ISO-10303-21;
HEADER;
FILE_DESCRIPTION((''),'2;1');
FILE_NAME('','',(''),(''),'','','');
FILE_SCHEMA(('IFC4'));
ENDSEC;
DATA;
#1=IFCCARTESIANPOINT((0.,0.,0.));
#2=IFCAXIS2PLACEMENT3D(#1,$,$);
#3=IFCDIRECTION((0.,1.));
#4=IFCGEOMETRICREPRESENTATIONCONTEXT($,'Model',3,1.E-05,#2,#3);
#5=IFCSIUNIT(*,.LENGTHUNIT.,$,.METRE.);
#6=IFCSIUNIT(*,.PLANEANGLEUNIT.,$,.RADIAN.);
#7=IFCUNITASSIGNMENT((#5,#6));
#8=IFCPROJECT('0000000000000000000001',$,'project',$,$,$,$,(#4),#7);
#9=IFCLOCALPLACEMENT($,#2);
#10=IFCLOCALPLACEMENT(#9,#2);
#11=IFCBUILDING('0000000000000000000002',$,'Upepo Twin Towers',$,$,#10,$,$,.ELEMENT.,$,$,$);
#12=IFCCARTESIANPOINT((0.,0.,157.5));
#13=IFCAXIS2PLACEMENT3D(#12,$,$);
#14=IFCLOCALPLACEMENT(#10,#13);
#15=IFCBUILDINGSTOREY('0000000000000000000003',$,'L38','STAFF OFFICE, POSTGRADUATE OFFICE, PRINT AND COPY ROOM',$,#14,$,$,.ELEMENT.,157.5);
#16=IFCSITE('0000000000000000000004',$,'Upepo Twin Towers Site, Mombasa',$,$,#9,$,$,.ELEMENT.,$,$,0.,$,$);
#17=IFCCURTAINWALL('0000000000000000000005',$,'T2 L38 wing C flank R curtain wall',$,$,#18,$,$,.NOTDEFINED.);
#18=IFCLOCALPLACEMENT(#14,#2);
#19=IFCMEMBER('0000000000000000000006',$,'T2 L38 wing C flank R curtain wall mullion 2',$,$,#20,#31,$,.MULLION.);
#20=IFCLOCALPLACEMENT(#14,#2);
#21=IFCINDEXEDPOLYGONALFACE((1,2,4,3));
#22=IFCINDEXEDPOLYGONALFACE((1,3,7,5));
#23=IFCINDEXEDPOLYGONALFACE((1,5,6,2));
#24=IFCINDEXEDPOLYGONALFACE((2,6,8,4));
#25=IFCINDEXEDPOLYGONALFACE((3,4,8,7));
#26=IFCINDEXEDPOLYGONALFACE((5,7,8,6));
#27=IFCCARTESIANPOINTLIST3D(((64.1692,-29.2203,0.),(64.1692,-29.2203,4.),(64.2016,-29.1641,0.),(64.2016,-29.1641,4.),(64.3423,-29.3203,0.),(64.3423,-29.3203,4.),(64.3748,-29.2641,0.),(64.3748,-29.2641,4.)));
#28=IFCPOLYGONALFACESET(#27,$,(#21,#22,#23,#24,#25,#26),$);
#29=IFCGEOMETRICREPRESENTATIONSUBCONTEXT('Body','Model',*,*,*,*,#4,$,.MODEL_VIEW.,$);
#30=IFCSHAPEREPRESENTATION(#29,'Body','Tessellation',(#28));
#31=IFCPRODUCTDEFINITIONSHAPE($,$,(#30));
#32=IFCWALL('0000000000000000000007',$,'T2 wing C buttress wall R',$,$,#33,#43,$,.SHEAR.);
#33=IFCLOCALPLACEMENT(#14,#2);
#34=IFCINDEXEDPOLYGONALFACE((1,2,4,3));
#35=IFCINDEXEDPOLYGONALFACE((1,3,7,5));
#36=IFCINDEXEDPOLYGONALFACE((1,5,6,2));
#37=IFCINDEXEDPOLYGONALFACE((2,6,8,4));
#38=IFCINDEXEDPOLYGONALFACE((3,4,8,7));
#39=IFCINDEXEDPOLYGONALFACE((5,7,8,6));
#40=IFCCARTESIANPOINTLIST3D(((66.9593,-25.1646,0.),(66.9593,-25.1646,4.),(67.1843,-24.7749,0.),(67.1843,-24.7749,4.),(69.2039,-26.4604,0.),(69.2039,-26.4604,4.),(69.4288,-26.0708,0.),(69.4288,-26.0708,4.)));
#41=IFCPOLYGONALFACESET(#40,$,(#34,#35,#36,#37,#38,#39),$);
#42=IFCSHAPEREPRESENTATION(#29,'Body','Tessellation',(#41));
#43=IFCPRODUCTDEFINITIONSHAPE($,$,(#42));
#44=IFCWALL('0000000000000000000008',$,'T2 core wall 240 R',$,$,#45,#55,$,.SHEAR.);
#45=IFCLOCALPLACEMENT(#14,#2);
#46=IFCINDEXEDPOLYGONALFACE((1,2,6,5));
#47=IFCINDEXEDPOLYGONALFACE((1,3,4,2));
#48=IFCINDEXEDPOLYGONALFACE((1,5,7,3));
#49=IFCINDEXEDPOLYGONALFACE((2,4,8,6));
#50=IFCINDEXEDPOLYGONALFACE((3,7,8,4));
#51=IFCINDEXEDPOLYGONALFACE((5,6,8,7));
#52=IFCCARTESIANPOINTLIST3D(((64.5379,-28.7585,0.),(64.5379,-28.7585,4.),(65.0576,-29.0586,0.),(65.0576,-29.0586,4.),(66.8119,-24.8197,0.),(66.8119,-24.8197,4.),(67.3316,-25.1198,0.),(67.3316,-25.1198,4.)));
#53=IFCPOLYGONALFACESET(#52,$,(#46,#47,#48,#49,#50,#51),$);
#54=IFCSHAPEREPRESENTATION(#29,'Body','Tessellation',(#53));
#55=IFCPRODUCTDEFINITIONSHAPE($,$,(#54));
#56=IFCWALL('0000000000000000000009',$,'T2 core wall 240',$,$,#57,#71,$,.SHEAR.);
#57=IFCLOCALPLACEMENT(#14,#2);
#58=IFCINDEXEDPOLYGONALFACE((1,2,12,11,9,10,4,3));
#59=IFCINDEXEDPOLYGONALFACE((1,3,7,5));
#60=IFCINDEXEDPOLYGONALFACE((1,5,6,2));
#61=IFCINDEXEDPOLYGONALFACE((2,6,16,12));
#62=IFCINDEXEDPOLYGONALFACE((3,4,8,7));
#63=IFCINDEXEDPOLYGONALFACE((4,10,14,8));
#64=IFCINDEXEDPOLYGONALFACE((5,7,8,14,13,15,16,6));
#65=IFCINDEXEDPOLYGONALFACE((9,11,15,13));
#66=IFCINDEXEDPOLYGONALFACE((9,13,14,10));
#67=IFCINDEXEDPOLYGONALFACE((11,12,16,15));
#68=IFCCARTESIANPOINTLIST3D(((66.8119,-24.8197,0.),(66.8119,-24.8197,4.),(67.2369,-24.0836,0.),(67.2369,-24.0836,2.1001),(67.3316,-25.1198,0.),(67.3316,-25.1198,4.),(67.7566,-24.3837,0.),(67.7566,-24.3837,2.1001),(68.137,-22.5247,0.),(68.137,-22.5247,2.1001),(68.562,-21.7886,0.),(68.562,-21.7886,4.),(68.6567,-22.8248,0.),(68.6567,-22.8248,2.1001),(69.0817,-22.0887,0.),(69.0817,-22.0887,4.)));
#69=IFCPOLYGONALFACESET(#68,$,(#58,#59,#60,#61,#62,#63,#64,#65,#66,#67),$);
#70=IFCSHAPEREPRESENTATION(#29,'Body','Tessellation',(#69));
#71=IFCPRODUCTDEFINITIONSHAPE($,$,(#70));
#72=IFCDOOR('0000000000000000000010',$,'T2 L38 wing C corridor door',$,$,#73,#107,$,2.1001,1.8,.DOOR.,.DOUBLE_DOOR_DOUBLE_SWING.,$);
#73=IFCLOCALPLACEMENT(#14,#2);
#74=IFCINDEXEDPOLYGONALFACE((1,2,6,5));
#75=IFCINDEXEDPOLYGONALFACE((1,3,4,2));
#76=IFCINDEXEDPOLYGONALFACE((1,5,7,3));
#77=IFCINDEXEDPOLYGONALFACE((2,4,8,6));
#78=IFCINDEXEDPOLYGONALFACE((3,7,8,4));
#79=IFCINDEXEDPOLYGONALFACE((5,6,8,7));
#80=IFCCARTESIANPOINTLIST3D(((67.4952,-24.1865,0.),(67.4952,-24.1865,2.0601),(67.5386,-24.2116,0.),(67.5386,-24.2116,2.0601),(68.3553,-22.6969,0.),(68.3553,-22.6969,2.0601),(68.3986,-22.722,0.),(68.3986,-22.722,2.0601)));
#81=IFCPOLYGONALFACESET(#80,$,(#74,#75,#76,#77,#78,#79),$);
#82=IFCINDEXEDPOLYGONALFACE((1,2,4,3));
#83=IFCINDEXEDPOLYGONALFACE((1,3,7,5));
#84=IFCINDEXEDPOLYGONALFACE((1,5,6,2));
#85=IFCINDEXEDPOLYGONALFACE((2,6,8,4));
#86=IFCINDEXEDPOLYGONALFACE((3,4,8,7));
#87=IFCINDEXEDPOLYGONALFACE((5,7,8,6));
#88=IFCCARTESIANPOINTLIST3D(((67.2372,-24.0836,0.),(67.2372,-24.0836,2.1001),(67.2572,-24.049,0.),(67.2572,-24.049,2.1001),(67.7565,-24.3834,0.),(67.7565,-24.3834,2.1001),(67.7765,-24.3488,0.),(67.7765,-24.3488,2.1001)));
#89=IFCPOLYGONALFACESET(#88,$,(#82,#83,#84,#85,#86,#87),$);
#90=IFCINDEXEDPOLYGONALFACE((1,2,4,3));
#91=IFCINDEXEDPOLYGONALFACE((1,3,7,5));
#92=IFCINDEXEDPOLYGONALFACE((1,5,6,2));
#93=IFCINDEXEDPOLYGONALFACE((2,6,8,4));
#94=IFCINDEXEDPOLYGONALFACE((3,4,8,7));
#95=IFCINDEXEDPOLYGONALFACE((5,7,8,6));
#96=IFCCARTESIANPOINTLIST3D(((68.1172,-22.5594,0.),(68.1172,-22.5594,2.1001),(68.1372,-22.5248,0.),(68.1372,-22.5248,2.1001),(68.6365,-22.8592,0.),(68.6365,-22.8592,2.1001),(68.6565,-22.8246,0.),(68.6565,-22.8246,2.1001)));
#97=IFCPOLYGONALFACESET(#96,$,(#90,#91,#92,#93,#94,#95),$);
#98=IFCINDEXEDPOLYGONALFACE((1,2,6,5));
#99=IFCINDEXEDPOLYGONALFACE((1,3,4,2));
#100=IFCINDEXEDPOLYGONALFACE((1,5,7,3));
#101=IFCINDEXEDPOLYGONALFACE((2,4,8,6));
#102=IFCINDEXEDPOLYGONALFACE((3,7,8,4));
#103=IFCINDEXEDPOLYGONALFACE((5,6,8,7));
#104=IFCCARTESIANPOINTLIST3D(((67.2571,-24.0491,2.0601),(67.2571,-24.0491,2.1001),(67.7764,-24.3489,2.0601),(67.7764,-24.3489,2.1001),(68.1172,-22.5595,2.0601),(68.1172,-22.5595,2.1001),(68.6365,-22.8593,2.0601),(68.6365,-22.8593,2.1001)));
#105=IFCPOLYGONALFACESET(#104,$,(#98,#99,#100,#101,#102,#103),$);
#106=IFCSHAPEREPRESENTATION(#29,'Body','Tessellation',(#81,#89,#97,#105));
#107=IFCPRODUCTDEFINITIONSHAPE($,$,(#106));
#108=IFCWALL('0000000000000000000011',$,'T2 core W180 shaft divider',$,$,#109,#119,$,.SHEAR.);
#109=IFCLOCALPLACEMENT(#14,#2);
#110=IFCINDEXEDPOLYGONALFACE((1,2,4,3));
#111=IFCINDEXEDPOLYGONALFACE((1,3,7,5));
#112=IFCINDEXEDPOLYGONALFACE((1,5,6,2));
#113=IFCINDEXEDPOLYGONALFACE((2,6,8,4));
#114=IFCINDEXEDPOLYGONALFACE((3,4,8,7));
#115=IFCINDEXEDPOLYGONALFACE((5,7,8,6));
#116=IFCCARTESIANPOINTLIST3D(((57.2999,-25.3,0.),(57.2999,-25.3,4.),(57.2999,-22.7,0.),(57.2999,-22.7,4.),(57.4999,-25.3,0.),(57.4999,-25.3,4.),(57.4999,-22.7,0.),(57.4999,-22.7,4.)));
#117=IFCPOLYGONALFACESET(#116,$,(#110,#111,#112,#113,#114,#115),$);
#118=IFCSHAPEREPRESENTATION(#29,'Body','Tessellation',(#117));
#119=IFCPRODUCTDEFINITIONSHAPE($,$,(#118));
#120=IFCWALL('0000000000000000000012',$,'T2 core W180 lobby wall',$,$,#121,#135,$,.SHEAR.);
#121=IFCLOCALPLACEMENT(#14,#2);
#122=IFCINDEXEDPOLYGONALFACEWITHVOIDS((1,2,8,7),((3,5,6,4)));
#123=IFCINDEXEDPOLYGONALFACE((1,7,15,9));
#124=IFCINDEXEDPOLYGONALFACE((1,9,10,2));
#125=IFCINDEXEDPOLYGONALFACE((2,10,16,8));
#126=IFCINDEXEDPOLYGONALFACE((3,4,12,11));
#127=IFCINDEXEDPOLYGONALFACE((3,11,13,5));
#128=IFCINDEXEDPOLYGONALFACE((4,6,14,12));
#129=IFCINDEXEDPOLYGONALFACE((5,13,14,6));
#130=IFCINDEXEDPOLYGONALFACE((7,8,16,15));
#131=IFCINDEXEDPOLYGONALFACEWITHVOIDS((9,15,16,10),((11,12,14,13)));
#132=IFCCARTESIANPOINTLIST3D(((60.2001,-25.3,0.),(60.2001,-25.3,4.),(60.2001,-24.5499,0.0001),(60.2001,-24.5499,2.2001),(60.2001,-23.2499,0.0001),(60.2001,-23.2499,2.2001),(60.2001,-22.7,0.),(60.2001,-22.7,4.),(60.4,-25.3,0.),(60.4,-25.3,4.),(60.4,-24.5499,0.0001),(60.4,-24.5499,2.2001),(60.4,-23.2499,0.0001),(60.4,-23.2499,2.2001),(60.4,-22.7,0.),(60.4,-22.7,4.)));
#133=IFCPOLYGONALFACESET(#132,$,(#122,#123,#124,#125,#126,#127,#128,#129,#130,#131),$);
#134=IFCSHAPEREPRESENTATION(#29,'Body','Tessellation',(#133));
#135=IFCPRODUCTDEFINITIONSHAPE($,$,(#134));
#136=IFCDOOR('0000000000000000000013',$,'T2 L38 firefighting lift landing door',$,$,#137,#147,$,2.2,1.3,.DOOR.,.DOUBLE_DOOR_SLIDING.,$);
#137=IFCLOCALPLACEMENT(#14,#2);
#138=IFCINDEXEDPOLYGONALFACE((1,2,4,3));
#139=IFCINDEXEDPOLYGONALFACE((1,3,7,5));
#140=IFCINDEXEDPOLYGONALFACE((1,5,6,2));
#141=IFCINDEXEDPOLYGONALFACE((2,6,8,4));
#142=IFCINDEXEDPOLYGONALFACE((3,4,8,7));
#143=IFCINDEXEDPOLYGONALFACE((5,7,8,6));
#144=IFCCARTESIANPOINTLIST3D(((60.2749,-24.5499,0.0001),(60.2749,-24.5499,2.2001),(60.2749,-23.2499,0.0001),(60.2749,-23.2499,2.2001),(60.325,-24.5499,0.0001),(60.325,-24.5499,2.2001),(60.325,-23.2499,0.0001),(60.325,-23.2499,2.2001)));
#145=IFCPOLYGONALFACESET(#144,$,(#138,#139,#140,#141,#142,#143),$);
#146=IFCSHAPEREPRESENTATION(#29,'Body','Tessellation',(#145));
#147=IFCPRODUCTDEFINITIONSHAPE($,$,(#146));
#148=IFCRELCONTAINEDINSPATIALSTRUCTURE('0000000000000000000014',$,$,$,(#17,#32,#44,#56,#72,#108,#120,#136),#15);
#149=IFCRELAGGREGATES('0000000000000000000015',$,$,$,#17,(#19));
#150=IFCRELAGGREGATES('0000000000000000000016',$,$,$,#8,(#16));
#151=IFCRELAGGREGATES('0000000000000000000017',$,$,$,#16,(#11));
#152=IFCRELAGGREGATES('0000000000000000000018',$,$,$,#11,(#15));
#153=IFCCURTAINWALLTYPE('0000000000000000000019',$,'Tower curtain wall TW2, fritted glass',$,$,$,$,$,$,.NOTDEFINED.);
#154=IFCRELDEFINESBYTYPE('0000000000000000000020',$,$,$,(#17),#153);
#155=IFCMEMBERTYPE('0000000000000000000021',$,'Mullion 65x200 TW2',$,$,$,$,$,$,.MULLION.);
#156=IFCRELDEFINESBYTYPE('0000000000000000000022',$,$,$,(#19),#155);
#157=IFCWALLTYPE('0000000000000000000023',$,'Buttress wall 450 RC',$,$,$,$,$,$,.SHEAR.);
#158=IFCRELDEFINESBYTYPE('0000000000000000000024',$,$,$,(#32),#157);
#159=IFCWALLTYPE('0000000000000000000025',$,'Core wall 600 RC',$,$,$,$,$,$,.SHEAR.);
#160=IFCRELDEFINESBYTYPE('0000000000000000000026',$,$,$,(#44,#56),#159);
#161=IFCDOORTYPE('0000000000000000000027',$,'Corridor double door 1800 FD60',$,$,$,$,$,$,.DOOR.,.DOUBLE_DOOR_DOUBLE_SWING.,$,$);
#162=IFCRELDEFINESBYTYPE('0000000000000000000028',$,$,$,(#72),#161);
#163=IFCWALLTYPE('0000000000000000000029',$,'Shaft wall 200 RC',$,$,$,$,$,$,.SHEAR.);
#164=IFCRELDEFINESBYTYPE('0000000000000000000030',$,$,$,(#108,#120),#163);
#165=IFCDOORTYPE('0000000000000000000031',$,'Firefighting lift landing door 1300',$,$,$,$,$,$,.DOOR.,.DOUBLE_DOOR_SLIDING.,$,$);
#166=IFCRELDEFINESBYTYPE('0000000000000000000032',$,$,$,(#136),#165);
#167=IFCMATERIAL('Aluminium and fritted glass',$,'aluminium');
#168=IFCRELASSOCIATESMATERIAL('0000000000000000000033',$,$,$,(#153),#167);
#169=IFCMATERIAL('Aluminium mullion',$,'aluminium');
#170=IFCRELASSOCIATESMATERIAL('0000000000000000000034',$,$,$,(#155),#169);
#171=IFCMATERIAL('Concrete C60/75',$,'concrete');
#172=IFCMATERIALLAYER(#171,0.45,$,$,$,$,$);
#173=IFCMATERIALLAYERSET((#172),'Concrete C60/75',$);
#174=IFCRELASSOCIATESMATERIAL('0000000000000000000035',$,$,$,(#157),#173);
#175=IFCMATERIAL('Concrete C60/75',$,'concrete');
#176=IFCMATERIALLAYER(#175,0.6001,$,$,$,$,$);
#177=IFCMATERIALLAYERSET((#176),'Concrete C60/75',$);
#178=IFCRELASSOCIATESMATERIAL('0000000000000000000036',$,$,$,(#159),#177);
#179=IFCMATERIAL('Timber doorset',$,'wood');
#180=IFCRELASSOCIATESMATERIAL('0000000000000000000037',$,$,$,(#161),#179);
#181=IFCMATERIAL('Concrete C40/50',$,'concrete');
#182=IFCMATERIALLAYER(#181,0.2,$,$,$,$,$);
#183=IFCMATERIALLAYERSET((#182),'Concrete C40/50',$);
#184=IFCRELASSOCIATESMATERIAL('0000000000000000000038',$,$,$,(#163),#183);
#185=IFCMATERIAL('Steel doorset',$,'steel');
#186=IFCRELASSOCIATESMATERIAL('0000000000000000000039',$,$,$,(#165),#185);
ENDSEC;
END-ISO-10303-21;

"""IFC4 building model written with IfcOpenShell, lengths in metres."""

from ifc_helpers import new_model, si_unit, direction, frame, frame_2d, origin, origin_2d, place, context, subcontext, project, spatial, rectangle, extrude, material, layer, layer_set, material_profile, profile_set, type_object, element, fill, aggregate, save


model = new_model("IFC4")

# Units and contexts
model_context = context("Model", 3, precision=1e-05, world=origin(), true_north=direction((0.0, 1.0)))
body_context = subcontext(model_context, "Body", "Model", "MODEL_VIEW")
ifc_project = project(units=[si_unit("LENGTHUNIT", "METRE"), si_unit("PLANEANGLEUNIT", "RADIAN")], contexts=[model_context])

# Site, building, storey
site_placement = place(None, origin())
site = spatial("IfcSite", under=ifc_project, at=site_placement, Name="Upepo Twin Towers Site, Mombasa", CompositionType="ELEMENT", RefElevation=0.0)
building_placement = place(site_placement, origin())
building = spatial("IfcBuilding", under=site, at=building_placement, Name="Upepo Twin Towers", CompositionType="ELEMENT")
storey_placement = place(building_placement, frame((0.0, 0.0, 157.5)))
storey = spatial("IfcBuildingStorey", under=building, at=storey_placement, Name="L38", Description="STAFF OFFICE, POSTGRADUATE OFFICE, PRINT AND COPY ROOM", CompositionType="ELEMENT", Elevation=157.5)

# Curtain wall, member
ifc_material_1 = material(Name="Aluminium and fritted glass", Category="aluminium")
curtain_wall_type = type_object("IfcCurtainWallType", Name="Tower curtain wall TW2, fritted glass", PredefinedType="NOTDEFINED", material=ifc_material_1)
curtain_wall_placement = place(storey_placement, origin())
curtain_wall = element("IfcCurtainWall", 1, at=curtain_wall_placement, inside=storey, type_object=curtain_wall_type, Name="T2 L38 wing C flank R curtain wall", PredefinedType="NOTDEFINED")
ifc_material_2 = material(Name="Aluminium mullion", Category="aluminium")
ifc_material_profile = material_profile(ifc_material_2, rectangle(XDim=0.0649, YDim=0.2, at=origin_2d()), Name="MULLION 65x200")
ifc_profile_set = profile_set([ifc_material_profile], Name="Aluminium mullion")
member_type = type_object("IfcMemberType", Name="Mullion 65x200 TW2", PredefinedType="MULLION", material=ifc_profile_set)
member_placement = place(storey_placement, frame((64.272, -29.2422, 0.0), z_axis=(0.0, 0.0, 1.0), x_axis=(-0.5, -0.866025, 0.0)))
member = element("IfcMember", 2, at=member_placement, type_object=member_type, Name="T2 L38 wing C flank R curtain wall mullion 2", PredefinedType="MULLION", context=body_context, shape_type="SweptSolid", body=[
    extrude(rectangle(XDim=0.0649, YDim=0.2, at=origin_2d()), origin(), (0.0, 0.0, 1.0), 4.0),
])
aggregate(curtain_wall, [member])

# Walls
ifc_material_3 = material(Name="Concrete C60/75", Category="concrete")
ifc_layer_1 = layer(ifc_material_3, 0.45)
ifc_layer_set_1 = layer_set([ifc_layer_1], Name="Concrete C60/75")
wall_type_1 = type_object("IfcWallType", Name="Buttress wall 450 RC", PredefinedType="SHEAR", material=ifc_layer_set_1)
wall_1_placement = place(storey_placement, frame((67.0718, -24.9697, 0.0), z_axis=(0.0, 0.0, 1.0), x_axis=(0.866032, -0.499989, 0.0)))
element("IfcWall", 3, at=wall_1_placement, inside=storey, type_object=wall_type_1, Name="T2 wing C buttress wall R", PredefinedType="SHEAR", context=body_context, shape_type="SweptSolid", body=[
    extrude(rectangle(XDim=2.5918, YDim=0.45, at=frame_2d((1.2959, 0.0))), origin(), (0.0, 0.0, 1.0), 4.0),
])
ifc_material_4 = material(Name="Concrete C60/75", Category="concrete")
ifc_layer_2 = layer(ifc_material_4, 0.6001)
ifc_layer_set_2 = layer_set([ifc_layer_2], Name="Concrete C60/75")
wall_type_2 = type_object("IfcWallType", Name="Core wall 600 RC", PredefinedType="SHEAR", material=ifc_layer_set_2)
wall_2_placement = place(storey_placement, frame((64.7979, -28.9084, 0.0), z_axis=(0.0, 0.0, 1.0), x_axis=(0.499984, 0.866035, 0.0)))
element("IfcWall", 4, at=wall_2_placement, inside=storey, type_object=wall_type_2, Name="T2 core wall 240 R", PredefinedType="SHEAR", context=body_context, shape_type="SweptSolid", body=[
    extrude(rectangle(XDim=4.5481, YDim=0.6001, at=frame_2d((2.2739, 0.0))), origin(), (0.0, 0.0, 1.0), 4.0),
])

# Wall, opening, door
wall_3_placement = place(storey_placement, frame((67.0718, -24.9697, 0.0), z_axis=(0.0, 0.0, 1.0), x_axis=(0.50001, 0.866019, 0.0)))
wall_3 = element("IfcWall", 5, at=wall_3_placement, inside=storey, type_object=wall_type_2, Name="T2 core wall 240", PredefinedType="SHEAR", context=body_context, shape_type="SweptSolid", body=[
    extrude(rectangle(XDim=3.5, YDim=0.6001, at=frame_2d((1.75, 0.0))), origin(), (0.0, 0.0, 1.0), 4.0),
])
opening_1_placement = place(wall_3_placement, frame((0.8501, 0.0, 0.0)))
opening_1 = element("IfcOpeningElement", 6, at=opening_1_placement, cuts=wall_3, PredefinedType="OPENING", context=body_context, shape_type="SweptSolid", body=[
    extrude(rectangle(XDim=1.8, YDim=2.1001, at=frame_2d((0.8999, 1.05))), frame((0.0, 0.3101, 0.0), z_axis=(0.0, -1.0, 0.0), x_axis=(1.0, 0.0, 0.0)), (0.0, 0.0, 1.0), 0.6201),
])
ifc_material_5 = material(Name="Timber doorset", Category="wood")
door_type_1 = type_object("IfcDoorType", Name="Corridor double door 1800 FD60", OperationType="DOUBLE_DOOR_DOUBLE_SWING", PredefinedType="DOOR", material=ifc_material_5)
door_1_placement = place(opening_1_placement, origin())
door_1 = element("IfcDoor", 7, at=door_1_placement, inside=storey, type_object=door_type_1, Name="T2 L38 wing C corridor door", OperationType="DOUBLE_DOOR_DOUBLE_SWING", OverallHeight=2.1001, OverallWidth=1.8, PredefinedType="DOOR", context=body_context, shape_type="SweptSolid", body=[
    extrude(rectangle(XDim=1.72, YDim=2.0601, at=frame_2d((0.8999, 1.03))), frame((0.0, 0.0249, 0.0), z_axis=(0.0, -1.0, 0.0), x_axis=(1.0, 0.0, 0.0)), (0.0, 0.0, 1.0), 0.05),
    extrude(rectangle(XDim=0.04, YDim=2.1001, at=frame_2d((0.02, 1.05))), frame((0.0, 0.2998, 0.0), z_axis=(0.0, -1.0, 0.0), x_axis=(1.0, 0.0, 0.0)), (0.0, 0.0, 1.0), 0.5996),
    extrude(rectangle(XDim=0.04, YDim=2.1001, at=frame_2d((1.78, 1.05))), frame((0.0, 0.2998, 0.0), z_axis=(0.0, -1.0, 0.0), x_axis=(1.0, 0.0, 0.0)), (0.0, 0.0, 1.0), 0.5996),
    extrude(rectangle(XDim=1.72, YDim=0.04, at=frame_2d((0.8999, 2.0801))), frame((0.0, 0.2998, 0.0), z_axis=(0.0, -1.0, 0.0), x_axis=(1.0, 0.0, 0.0)), (0.0, 0.0, 1.0), 0.5996),
])
fill(opening_1, door_1)

# Wall
ifc_material_6 = material(Name="Concrete C40/50", Category="concrete")
ifc_layer_3 = layer(ifc_material_6, 0.2)
ifc_layer_set_3 = layer_set([ifc_layer_3], Name="Concrete C40/50")
wall_type_3 = type_object("IfcWallType", Name="Shaft wall 200 RC", PredefinedType="SHEAR", material=ifc_layer_set_3)
wall_4_placement = place(storey_placement, frame((57.3999, -22.7, 0.0), z_axis=(0.0, 0.0, 1.0), x_axis=(0.0, -1.0, 0.0)))
element("IfcWall", 8, at=wall_4_placement, inside=storey, type_object=wall_type_3, Name="T2 core W180 shaft divider", PredefinedType="SHEAR", context=body_context, shape_type="SweptSolid", body=[
    extrude(rectangle(XDim=2.6001, YDim=0.2, at=frame_2d((1.3, 0.0))), origin(), (0.0, 0.0, 1.0), 4.0),
])

# Wall, opening, door
wall_5_placement = place(storey_placement, frame((60.3, -22.7, 0.0), z_axis=(0.0, 0.0, 1.0), x_axis=(0.0, -1.0, 0.0)))
wall_5 = element("IfcWall", 9, at=wall_5_placement, inside=storey, type_object=wall_type_3, Name="T2 core W180 lobby wall", PredefinedType="SHEAR", context=body_context, shape_type="SweptSolid", body=[
    extrude(rectangle(XDim=2.6001, YDim=0.2, at=frame_2d((1.3, 0.0))), origin(), (0.0, 0.0, 1.0), 4.0),
])
opening_2_placement = place(wall_5_placement, frame((0.55, 0.0, 0.0)))
opening_2 = element("IfcOpeningElement", 10, at=opening_2_placement, cuts=wall_5, PredefinedType="OPENING", context=body_context, shape_type="SweptSolid", body=[
    extrude(rectangle(XDim=1.3, YDim=2.2, at=frame_2d((0.6499, 1.1001))), frame((0.0, 0.1099, 0.0), z_axis=(0.0, -1.0, 0.0), x_axis=(1.0, 0.0, 0.0)), (0.0, 0.0, 1.0), 0.22),
])
ifc_material_7 = material(Name="Steel doorset", Category="steel")
door_type_2 = type_object("IfcDoorType", Name="Firefighting lift landing door 1300", OperationType="DOUBLE_DOOR_SLIDING", PredefinedType="DOOR", material=ifc_material_7)
door_2_placement = place(opening_2_placement, origin())
door_2 = element("IfcDoor", 11, at=door_2_placement, inside=storey, type_object=door_type_2, Name="T2 L38 firefighting lift landing door", OperationType="DOUBLE_DOOR_SLIDING", OverallHeight=2.2, OverallWidth=1.3, PredefinedType="DOOR", context=body_context, shape_type="SweptSolid", body=[
    extrude(rectangle(XDim=1.3, YDim=2.2, at=frame_2d((0.6499, 1.1001))), frame((0.0, 0.0249, 0.0), z_axis=(0.0, -1.0, 0.0), x_axis=(1.0, 0.0, 0.0)), (0.0, 0.0, 1.0), 0.05),
])
fill(opening_2, door_2)

save(model, "model.ifc")
